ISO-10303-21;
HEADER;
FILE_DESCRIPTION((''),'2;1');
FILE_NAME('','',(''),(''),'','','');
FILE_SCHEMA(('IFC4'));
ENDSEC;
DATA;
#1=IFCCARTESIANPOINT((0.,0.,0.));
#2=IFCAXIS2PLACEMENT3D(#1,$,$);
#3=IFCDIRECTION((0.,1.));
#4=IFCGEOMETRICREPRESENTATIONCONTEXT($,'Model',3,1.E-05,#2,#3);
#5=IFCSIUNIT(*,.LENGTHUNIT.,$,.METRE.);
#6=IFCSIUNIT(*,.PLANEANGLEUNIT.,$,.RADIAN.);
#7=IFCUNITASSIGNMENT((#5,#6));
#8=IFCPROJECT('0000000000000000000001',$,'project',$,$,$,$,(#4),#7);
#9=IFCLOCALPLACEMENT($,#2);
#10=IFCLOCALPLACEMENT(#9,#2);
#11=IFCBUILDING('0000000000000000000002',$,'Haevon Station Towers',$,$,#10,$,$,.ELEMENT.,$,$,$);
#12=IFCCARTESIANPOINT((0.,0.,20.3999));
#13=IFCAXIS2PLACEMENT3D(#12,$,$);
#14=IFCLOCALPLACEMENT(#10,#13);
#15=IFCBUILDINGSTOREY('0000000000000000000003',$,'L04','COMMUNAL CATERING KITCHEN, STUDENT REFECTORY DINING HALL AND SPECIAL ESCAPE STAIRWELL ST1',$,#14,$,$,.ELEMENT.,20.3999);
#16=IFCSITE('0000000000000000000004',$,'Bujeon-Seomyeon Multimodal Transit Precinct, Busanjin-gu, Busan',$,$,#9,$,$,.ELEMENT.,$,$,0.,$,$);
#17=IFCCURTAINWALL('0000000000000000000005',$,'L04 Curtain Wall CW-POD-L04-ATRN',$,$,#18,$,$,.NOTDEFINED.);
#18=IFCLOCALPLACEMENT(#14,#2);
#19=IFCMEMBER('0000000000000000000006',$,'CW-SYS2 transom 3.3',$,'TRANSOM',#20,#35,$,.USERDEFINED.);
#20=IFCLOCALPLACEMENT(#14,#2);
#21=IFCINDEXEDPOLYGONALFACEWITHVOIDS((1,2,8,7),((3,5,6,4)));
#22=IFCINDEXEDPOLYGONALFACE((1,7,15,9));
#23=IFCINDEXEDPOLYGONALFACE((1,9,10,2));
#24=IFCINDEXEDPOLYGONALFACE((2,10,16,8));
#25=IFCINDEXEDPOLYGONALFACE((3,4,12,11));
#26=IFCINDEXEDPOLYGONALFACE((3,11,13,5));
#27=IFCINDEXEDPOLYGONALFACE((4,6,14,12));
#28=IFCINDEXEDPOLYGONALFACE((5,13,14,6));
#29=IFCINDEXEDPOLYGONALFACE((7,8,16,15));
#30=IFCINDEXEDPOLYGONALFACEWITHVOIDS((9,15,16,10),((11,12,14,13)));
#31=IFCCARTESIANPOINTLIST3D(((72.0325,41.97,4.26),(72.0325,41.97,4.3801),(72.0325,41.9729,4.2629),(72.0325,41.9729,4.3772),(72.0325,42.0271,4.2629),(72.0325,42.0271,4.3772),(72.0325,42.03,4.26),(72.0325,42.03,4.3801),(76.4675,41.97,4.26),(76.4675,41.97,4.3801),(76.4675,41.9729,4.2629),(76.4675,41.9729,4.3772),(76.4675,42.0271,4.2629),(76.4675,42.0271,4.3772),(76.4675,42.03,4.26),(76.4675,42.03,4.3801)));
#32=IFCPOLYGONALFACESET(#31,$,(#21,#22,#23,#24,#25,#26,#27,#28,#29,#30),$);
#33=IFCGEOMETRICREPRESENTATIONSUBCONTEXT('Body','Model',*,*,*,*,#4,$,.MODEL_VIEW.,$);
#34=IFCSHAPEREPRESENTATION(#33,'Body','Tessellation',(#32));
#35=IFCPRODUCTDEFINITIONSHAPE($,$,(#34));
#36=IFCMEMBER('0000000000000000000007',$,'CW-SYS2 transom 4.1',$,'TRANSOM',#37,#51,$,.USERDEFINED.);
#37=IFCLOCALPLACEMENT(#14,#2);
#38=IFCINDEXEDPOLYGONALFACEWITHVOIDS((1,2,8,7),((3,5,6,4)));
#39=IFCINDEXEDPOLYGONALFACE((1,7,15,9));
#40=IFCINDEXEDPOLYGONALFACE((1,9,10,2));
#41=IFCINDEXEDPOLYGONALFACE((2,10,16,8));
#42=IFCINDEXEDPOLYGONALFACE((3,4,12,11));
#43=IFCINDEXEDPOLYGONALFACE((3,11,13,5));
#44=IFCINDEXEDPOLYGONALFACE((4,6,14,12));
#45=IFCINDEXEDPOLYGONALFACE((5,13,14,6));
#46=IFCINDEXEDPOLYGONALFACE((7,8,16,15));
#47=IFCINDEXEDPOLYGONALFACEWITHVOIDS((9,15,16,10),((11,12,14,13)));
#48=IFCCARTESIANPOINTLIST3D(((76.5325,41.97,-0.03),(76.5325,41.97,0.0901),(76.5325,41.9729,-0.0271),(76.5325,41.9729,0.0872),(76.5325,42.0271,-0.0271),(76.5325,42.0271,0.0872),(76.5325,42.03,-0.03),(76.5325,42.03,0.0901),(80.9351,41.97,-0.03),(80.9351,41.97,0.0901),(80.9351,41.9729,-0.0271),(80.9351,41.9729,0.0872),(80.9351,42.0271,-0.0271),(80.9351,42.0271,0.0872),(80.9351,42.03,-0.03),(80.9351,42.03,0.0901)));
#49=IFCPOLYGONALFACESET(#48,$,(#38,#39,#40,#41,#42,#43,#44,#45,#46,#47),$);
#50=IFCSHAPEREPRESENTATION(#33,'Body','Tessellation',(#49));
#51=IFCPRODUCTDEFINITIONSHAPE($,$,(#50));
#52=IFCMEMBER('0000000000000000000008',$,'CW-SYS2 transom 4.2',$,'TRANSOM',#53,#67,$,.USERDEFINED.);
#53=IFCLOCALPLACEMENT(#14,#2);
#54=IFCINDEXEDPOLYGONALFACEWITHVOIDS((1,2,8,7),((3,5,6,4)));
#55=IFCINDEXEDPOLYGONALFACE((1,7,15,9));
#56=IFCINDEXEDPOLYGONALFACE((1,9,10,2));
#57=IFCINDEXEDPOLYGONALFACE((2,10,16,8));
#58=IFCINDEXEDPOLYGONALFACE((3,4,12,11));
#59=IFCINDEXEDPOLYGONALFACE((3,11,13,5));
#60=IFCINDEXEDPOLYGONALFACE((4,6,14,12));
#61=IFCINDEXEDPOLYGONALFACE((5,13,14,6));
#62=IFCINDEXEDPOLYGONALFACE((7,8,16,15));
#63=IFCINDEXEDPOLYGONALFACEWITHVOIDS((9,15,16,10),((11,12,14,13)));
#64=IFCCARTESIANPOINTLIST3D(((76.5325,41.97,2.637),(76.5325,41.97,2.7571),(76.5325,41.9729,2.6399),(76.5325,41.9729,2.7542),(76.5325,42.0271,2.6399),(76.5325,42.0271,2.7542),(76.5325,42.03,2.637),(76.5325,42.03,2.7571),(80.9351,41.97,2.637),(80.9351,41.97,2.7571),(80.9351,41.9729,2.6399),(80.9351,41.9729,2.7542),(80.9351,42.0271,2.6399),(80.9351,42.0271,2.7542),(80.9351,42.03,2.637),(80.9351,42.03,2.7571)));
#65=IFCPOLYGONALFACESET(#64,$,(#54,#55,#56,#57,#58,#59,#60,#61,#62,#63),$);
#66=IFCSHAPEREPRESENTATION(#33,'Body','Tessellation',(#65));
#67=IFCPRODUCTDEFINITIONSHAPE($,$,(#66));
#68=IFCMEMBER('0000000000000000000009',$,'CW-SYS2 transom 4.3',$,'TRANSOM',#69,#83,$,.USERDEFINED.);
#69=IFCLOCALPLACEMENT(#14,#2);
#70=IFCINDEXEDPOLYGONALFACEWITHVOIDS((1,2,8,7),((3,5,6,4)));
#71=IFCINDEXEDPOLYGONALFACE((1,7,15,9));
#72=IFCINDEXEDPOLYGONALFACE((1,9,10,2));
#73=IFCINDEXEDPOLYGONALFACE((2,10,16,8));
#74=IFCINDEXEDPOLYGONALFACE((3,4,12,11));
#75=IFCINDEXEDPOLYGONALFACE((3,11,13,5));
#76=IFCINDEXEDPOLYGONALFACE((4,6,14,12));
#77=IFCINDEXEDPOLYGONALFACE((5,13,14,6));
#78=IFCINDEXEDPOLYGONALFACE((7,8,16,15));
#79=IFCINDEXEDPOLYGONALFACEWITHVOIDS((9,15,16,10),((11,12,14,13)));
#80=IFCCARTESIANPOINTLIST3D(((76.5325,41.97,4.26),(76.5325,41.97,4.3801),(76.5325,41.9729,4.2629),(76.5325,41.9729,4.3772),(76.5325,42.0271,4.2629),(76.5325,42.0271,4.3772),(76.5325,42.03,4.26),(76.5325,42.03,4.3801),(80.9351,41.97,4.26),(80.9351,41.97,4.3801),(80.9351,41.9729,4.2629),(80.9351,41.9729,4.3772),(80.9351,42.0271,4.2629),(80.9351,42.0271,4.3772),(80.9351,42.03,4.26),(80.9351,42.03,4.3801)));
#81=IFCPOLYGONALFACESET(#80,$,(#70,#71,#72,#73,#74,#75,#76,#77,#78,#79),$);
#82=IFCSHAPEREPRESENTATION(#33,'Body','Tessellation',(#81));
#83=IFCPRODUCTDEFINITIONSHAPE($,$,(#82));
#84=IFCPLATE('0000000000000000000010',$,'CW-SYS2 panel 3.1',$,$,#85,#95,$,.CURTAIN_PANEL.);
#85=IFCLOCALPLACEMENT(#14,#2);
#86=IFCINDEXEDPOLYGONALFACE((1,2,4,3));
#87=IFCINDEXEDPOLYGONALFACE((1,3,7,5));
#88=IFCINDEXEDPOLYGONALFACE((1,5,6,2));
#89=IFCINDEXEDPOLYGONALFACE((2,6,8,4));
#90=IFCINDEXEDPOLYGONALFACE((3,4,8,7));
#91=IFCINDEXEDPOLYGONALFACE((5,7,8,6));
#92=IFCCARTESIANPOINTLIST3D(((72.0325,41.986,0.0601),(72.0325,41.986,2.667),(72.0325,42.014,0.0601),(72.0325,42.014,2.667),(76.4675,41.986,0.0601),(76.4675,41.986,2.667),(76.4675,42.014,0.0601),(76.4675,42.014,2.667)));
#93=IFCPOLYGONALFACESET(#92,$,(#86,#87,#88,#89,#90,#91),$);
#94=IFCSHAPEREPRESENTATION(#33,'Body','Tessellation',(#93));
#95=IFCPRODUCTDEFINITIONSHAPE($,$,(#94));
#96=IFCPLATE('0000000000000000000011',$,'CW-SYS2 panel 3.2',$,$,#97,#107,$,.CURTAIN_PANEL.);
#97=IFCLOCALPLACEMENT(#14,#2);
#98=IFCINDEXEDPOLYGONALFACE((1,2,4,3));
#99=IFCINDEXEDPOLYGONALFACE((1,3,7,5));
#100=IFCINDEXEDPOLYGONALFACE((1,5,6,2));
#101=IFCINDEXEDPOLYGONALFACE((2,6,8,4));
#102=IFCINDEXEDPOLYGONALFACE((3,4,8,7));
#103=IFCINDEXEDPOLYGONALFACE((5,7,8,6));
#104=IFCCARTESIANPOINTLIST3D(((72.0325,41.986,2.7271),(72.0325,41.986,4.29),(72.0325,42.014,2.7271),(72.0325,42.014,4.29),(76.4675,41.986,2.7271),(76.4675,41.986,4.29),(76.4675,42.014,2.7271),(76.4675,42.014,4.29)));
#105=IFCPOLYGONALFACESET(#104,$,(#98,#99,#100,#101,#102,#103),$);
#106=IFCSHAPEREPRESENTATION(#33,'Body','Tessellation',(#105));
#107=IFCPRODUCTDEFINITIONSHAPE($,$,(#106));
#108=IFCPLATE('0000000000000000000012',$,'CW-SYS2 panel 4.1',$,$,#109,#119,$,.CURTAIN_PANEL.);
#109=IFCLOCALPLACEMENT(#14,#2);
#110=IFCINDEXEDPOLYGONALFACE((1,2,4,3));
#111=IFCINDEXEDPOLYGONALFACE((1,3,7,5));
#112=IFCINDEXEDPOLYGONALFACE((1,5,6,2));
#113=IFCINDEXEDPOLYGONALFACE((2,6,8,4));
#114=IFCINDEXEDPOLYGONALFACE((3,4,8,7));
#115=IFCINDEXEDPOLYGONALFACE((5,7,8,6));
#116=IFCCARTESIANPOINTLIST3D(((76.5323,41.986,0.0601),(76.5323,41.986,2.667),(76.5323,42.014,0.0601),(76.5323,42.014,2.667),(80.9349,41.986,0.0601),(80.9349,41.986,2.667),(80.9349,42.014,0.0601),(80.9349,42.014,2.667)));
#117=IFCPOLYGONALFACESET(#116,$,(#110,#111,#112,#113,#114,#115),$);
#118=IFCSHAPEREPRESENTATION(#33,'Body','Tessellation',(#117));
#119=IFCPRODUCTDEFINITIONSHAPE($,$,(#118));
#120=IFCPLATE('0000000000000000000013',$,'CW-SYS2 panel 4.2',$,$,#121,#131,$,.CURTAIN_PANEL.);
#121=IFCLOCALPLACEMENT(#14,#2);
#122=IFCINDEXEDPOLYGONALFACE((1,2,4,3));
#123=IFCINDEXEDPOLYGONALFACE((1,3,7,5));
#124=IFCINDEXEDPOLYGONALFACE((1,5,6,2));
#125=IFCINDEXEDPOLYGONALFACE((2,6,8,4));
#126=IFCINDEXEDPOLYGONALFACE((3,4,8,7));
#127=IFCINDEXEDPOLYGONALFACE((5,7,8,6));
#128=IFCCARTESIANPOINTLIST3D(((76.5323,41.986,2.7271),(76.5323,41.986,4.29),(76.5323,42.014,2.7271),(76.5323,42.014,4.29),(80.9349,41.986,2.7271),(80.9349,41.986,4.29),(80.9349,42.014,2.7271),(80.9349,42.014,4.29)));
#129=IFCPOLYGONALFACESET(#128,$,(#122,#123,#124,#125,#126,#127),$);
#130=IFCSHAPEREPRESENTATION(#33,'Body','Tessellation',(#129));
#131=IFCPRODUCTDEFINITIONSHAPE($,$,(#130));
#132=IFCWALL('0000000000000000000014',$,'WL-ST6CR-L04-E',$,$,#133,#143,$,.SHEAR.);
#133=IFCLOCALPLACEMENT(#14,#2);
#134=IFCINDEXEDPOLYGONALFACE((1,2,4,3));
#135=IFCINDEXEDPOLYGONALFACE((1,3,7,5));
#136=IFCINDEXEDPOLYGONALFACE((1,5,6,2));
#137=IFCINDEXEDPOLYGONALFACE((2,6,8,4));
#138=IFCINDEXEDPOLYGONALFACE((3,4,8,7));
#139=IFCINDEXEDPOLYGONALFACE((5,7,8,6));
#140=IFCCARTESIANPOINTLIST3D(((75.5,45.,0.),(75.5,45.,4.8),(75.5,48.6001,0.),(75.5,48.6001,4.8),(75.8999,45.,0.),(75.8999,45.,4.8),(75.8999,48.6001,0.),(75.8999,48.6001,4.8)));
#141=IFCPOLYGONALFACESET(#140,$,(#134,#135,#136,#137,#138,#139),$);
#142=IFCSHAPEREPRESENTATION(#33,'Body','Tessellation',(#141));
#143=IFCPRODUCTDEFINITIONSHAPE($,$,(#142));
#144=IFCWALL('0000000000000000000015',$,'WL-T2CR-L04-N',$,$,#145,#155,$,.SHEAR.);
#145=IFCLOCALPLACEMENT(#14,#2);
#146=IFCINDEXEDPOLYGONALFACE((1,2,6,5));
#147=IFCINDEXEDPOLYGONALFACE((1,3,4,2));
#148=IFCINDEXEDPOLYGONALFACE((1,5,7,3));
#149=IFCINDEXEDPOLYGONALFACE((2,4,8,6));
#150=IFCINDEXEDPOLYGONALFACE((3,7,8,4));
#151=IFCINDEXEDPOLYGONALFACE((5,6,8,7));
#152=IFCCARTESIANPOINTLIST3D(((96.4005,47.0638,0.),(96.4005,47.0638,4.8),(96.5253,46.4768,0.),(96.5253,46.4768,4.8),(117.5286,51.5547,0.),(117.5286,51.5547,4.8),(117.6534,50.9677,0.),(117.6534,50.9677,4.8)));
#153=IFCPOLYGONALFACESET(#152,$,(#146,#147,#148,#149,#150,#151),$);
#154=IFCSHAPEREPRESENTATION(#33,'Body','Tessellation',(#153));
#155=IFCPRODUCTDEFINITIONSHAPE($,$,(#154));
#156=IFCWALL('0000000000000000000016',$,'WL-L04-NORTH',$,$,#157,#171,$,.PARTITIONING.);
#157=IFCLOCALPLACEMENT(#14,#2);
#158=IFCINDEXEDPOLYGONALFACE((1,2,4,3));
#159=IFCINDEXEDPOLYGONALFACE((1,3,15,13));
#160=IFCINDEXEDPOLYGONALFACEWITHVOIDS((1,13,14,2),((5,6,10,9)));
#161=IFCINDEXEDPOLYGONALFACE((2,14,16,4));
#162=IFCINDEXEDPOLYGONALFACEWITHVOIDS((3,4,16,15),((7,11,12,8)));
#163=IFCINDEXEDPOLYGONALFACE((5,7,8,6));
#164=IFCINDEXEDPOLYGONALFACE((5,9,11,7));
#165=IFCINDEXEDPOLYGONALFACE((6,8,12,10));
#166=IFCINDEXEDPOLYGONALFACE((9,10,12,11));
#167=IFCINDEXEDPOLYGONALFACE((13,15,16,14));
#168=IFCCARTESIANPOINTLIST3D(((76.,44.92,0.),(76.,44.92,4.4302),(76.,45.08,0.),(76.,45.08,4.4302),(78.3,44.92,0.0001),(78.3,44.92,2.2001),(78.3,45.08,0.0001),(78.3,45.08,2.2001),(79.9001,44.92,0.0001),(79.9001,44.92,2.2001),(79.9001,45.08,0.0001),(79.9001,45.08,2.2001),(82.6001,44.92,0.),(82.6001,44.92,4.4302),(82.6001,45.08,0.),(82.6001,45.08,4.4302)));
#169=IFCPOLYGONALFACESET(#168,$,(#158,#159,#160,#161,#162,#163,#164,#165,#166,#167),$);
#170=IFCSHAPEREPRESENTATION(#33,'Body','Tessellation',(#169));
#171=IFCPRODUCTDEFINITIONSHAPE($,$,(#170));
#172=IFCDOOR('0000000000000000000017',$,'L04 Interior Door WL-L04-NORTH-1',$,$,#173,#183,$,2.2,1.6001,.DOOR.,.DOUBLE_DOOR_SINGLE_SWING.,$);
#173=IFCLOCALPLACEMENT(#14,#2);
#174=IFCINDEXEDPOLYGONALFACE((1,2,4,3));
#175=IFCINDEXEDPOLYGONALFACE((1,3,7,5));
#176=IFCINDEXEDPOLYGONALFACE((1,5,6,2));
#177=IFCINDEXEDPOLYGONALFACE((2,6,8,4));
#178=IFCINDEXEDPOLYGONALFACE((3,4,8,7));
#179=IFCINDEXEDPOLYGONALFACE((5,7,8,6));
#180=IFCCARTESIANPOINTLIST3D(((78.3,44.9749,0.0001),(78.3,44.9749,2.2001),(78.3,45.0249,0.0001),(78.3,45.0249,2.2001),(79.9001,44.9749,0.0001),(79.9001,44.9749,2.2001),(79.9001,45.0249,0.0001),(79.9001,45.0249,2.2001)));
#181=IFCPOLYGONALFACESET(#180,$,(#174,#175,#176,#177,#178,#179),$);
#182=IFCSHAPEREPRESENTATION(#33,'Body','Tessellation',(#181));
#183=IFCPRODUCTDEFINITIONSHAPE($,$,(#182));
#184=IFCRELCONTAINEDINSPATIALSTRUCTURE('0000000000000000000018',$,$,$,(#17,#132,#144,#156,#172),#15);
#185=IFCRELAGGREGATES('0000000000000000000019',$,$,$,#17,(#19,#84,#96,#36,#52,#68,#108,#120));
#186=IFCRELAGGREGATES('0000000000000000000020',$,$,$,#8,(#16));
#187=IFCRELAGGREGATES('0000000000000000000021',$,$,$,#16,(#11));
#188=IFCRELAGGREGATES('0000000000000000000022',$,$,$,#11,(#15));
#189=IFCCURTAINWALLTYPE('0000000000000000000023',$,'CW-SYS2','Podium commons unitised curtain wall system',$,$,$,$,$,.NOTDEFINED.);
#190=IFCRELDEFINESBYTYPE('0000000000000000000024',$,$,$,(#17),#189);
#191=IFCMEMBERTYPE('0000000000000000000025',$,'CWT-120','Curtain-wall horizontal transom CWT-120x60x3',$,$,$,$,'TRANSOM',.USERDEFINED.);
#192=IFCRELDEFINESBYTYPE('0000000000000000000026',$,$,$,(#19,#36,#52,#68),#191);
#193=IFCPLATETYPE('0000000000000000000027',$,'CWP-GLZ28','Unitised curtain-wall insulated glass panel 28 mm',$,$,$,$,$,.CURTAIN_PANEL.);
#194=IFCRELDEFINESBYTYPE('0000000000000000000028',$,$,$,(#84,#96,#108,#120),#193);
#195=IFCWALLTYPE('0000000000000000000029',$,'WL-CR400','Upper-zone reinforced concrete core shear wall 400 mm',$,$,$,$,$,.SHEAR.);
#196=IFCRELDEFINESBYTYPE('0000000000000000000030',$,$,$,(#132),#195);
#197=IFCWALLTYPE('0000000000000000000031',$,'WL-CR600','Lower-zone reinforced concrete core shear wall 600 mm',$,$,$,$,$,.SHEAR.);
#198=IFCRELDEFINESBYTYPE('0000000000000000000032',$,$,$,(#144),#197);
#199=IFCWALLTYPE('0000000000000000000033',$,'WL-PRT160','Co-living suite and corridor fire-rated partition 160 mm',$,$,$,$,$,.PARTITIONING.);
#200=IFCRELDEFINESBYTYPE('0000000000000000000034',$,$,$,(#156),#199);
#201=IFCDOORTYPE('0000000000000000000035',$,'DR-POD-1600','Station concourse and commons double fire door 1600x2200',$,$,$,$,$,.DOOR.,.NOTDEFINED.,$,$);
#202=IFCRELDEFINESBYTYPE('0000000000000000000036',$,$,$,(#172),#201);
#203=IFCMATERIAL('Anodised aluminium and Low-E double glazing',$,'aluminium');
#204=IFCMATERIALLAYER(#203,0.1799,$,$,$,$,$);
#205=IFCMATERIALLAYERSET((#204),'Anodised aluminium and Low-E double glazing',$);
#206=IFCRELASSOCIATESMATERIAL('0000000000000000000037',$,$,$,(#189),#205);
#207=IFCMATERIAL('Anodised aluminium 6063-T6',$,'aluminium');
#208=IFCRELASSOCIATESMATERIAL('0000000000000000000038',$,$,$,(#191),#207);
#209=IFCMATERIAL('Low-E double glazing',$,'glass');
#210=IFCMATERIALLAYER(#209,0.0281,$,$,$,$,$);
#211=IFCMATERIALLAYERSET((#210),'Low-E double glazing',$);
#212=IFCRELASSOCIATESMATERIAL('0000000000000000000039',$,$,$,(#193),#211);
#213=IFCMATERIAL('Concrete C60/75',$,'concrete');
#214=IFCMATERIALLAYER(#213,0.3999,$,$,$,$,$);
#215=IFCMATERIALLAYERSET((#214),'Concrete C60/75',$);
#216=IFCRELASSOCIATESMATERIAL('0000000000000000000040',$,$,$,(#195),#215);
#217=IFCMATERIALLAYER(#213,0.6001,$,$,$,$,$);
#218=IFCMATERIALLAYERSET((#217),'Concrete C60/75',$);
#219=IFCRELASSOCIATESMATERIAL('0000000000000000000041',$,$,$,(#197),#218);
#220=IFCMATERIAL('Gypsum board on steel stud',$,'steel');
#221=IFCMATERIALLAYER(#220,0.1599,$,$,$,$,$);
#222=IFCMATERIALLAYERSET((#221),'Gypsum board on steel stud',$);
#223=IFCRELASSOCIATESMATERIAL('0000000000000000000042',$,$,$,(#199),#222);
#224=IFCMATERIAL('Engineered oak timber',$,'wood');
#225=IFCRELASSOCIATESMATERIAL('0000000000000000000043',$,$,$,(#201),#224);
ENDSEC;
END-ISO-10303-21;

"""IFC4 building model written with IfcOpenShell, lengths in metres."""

from ifc_helpers import new_model, si_unit, direction, frame, frame_2d, origin, origin_2d, place, context, subcontext, project, spatial, rectangle, hollow_rectangle, extrude, material, layer, layer_set, material_profile, profile_set, type_object, element, fill, aggregate, save


model = new_model("IFC4")

# Units and contexts
model_context = context("Model", 3, precision=1e-05, world=origin(), true_north=direction((0.0, 1.0)))
body_context = subcontext(model_context, "Body", "Model", "MODEL_VIEW")
ifc_project = project(units=[si_unit("LENGTHUNIT", "METRE"), si_unit("PLANEANGLEUNIT", "RADIAN")], contexts=[model_context])

# Site, building, storey
site_placement = place(None, origin())
site = spatial("IfcSite", under=ifc_project, at=site_placement, Name="Bujeon-Seomyeon Multimodal Transit Precinct, Busanjin-gu, Busan", CompositionType="ELEMENT", RefElevation=0.0)
building_placement = place(site_placement, origin())
building = spatial("IfcBuilding", under=site, at=building_placement, Name="Haevon Station Towers", CompositionType="ELEMENT")
storey_placement = place(building_placement, frame((0.0, 0.0, 20.3999)))
storey = spatial("IfcBuildingStorey", under=building, at=storey_placement, Name="L04", Description="COMMUNAL CATERING KITCHEN, STUDENT REFECTORY DINING HALL AND SPECIAL ESCAPE STAIRWELL ST1", CompositionType="ELEMENT", Elevation=20.3999)

# Curtain wall, members, plates
ifc_material_1 = material(Name="Anodised aluminium and Low-E double glazing", Category="aluminium")
ifc_layer_1 = layer(ifc_material_1, 0.1799)
ifc_layer_set_1 = layer_set([ifc_layer_1], Name="Anodised aluminium and Low-E double glazing")
curtain_wall_type = type_object("IfcCurtainWallType", Name="CW-SYS2", Description="Podium commons unitised curtain wall system", PredefinedType="NOTDEFINED", material=ifc_layer_set_1)
curtain_wall_placement = place(storey_placement, origin())
curtain_wall = element("IfcCurtainWall", 1, at=curtain_wall_placement, inside=storey, type_object=curtain_wall_type, Name="L04 Curtain Wall CW-POD-L04-ATRN", PredefinedType="NOTDEFINED")
ifc_material_2 = material(Name="Anodised aluminium 6063-T6", Category="aluminium")
ifc_material_profile_1 = material_profile(ifc_material_2, hollow_rectangle(XDim=0.0601, YDim=0.1201, WallThickness=0.0029, at=origin_2d()), Name="CWT-120x60x3")
ifc_profile_set_1 = profile_set([ifc_material_profile_1], Name="Anodised aluminium 6063-T6")
member_type_1 = type_object("IfcMemberType", Name="CWT-120", Description="Curtain-wall horizontal transom CWT-120x60x3", ElementType="TRANSOM", PredefinedType="USERDEFINED", material=ifc_profile_set_1)
member_1_placement = place(storey_placement, frame((72.0325, 42.0, 4.3201), z_axis=(1.0, 0.0, 0.0), x_axis=(0.0, 1.0, 0.0)))
member_1 = element("IfcMember", 2, at=member_1_placement, type_object=member_type_1, Name="CW-SYS2 transom 3.3", ObjectType="TRANSOM", PredefinedType="USERDEFINED", context=body_context, shape_type="SweptSolid", body=[
    extrude(hollow_rectangle(XDim=0.0601, YDim=0.1201, WallThickness=0.0029, at=origin_2d()), origin(), (0.0, 0.0, 1.0), 4.4351),
])
member_2_placement = place(storey_placement, frame((76.5325, 42.0, 0.03), z_axis=(1.0, 0.0, 0.0), x_axis=(0.0, 1.0, 0.0)))
member_2 = element("IfcMember", 3, at=member_2_placement, type_object=member_type_1, Name="CW-SYS2 transom 4.1", ObjectType="TRANSOM", PredefinedType="USERDEFINED", context=body_context, shape_type="SweptSolid", body=[
    extrude(hollow_rectangle(XDim=0.0601, YDim=0.1201, WallThickness=0.0029, at=origin_2d()), origin(), (0.0, 0.0, 1.0), 4.4026),
])
member_3_placement = place(storey_placement, frame((76.5325, 42.0, 2.697), z_axis=(1.0, 0.0, 0.0), x_axis=(0.0, 1.0, 0.0)))
member_3 = element("IfcMember", 4, at=member_3_placement, type_object=member_type_1, Name="CW-SYS2 transom 4.2", ObjectType="TRANSOM", PredefinedType="USERDEFINED", context=body_context, shape_type="SweptSolid", body=[
    extrude(hollow_rectangle(XDim=0.0601, YDim=0.1201, WallThickness=0.0029, at=origin_2d()), origin(), (0.0, 0.0, 1.0), 4.4026),
])
member_4_placement = place(storey_placement, frame((76.5325, 42.0, 4.3201), z_axis=(1.0, 0.0, 0.0), x_axis=(0.0, 1.0, 0.0)))
member_4 = element("IfcMember", 5, at=member_4_placement, type_object=member_type_1, Name="CW-SYS2 transom 4.3", ObjectType="TRANSOM", PredefinedType="USERDEFINED", context=body_context, shape_type="SweptSolid", body=[
    extrude(hollow_rectangle(XDim=0.0601, YDim=0.1201, WallThickness=0.0029, at=origin_2d()), origin(), (0.0, 0.0, 1.0), 4.4026),
])
ifc_material_3 = material(Name="Low-E double glazing", Category="glass")
ifc_layer_2 = layer(ifc_material_3, 0.0281)
ifc_layer_set_2 = layer_set([ifc_layer_2], Name="Low-E double glazing")
plate_type = type_object("IfcPlateType", Name="CWP-GLZ28", Description="Unitised curtain-wall insulated glass panel 28 mm", PredefinedType="CURTAIN_PANEL", material=ifc_layer_set_2)
plate_1_placement = place(storey_placement, frame((74.25, 42.0, 0.0601), z_axis=(0.0, 0.0, 1.0), x_axis=(1.0, 0.0, 0.0)))
plate_1 = element("IfcPlate", 6, at=plate_1_placement, type_object=plate_type, Name="CW-SYS2 panel 3.1", PredefinedType="CURTAIN_PANEL", context=body_context, shape_type="SweptSolid", body=[
    extrude(rectangle(XDim=4.4351, YDim=0.0281, at=origin_2d()), origin(), (0.0, 0.0, 1.0), 2.6069),
])
plate_2_placement = place(storey_placement, frame((74.25, 42.0, 2.7271), z_axis=(0.0, 0.0, 1.0), x_axis=(1.0, 0.0, 0.0)))
plate_2 = element("IfcPlate", 7, at=plate_2_placement, type_object=plate_type, Name="CW-SYS2 panel 3.2", PredefinedType="CURTAIN_PANEL", context=body_context, shape_type="SweptSolid", body=[
    extrude(rectangle(XDim=4.4351, YDim=0.0281, at=origin_2d()), origin(), (0.0, 0.0, 1.0), 1.563),
])
plate_3_placement = place(storey_placement, frame((78.7336, 42.0, 0.0601), z_axis=(0.0, 0.0, 1.0), x_axis=(1.0, 0.0, 0.0)))
plate_3 = element("IfcPlate", 8, at=plate_3_placement, type_object=plate_type, Name="CW-SYS2 panel 4.1", PredefinedType="CURTAIN_PANEL", context=body_context, shape_type="SweptSolid", body=[
    extrude(rectangle(XDim=4.4026, YDim=0.0281, at=origin_2d()), origin(), (0.0, 0.0, 1.0), 2.6069),
])
plate_4_placement = place(storey_placement, frame((78.7336, 42.0, 2.7271), z_axis=(0.0, 0.0, 1.0), x_axis=(1.0, 0.0, 0.0)))
plate_4 = element("IfcPlate", 9, at=plate_4_placement, type_object=plate_type, Name="CW-SYS2 panel 4.2", PredefinedType="CURTAIN_PANEL", context=body_context, shape_type="SweptSolid", body=[
    extrude(rectangle(XDim=4.4026, YDim=0.0281, at=origin_2d()), origin(), (0.0, 0.0, 1.0), 1.563),
])
aggregate(curtain_wall, [member_1, plate_1, plate_2, member_2, member_3, member_4, plate_3, plate_4])

# Walls
ifc_material_4 = material(Name="Concrete C60/75", Category="concrete")
ifc_layer_3 = layer(ifc_material_4, 0.3999)
ifc_layer_set_3 = layer_set([ifc_layer_3], Name="Concrete C60/75")
wall_type_1 = type_object("IfcWallType", Name="WL-CR400", Description="Upper-zone reinforced concrete core shear wall 400 mm", PredefinedType="SHEAR", material=ifc_layer_set_3)
wall_1_placement = place(storey_placement, frame((75.7, 45.0, 0.0), z_axis=(0.0, 0.0, 1.0), x_axis=(0.0, 1.0, 0.0)))
element("IfcWall", 10, at=wall_1_placement, inside=storey, type_object=wall_type_1, Name="WL-ST6CR-L04-E", PredefinedType="SHEAR", context=body_context, shape_type="SweptSolid", body=[
    extrude(rectangle(XDim=3.6001, YDim=0.3999, at=frame_2d((1.8, 0.0))), origin(), (0.0, 0.0, 1.0), 4.8),
])
ifc_layer_4 = layer(ifc_material_4, 0.6001)
ifc_layer_set_4 = layer_set([ifc_layer_4], Name="Concrete C60/75")
wall_type_2 = type_object("IfcWallType", Name="WL-CR600", Description="Lower-zone reinforced concrete core shear wall 600 mm", PredefinedType="SHEAR", material=ifc_layer_set_4)
wall_2_placement = place(storey_placement, frame((96.4629, 46.7703, 0.0), z_axis=(0.0, 0.0, 1.0), x_axis=(0.978147, 0.207913, 0.0)))
element("IfcWall", 11, at=wall_2_placement, inside=storey, type_object=wall_type_2, Name="WL-T2CR-L04-N", PredefinedType="SHEAR", context=body_context, shape_type="SweptSolid", body=[
    extrude(rectangle(XDim=21.6001, YDim=0.6001, at=frame_2d((10.8, 0.0))), origin(), (0.0, 0.0, 1.0), 4.8),
])

# Wall, opening, door
ifc_material_5 = material(Name="Gypsum board on steel stud", Category="steel")
ifc_layer_5 = layer(ifc_material_5, 0.1599)
ifc_layer_set_5 = layer_set([ifc_layer_5], Name="Gypsum board on steel stud")
wall_type_3 = type_object("IfcWallType", Name="WL-PRT160", Description="Co-living suite and corridor fire-rated partition 160 mm", PredefinedType="PARTITIONING", material=ifc_layer_set_5)
wall_3_placement = place(storey_placement, frame((76.0, 45.0, 0.0), z_axis=(0.0, 0.0, 1.0), x_axis=(1.0, 0.0, 0.0)))
wall_3 = element("IfcWall", 12, at=wall_3_placement, inside=storey, type_object=wall_type_3, Name="WL-L04-NORTH", PredefinedType="PARTITIONING", context=body_context, shape_type="SweptSolid", body=[
    extrude(rectangle(XDim=6.6001, YDim=0.1599, at=frame_2d((3.3, 0.0))), origin(), (0.0, 0.0, 1.0), 4.4302),
])
opening_placement = place(wall_3_placement, frame((2.3, 0.0, 0.0)))
opening = element("IfcOpeningElement", 13, at=opening_placement, cuts=wall_3, PredefinedType="OPENING", context=body_context, shape_type="SweptSolid", body=[
    extrude(rectangle(XDim=1.6001, YDim=2.2, at=frame_2d((0.8, 1.1001))), frame((0.0, 0.0898, 0.0), z_axis=(0.0, -1.0, 0.0), x_axis=(1.0, 0.0, 0.0)), (0.0, 0.0, 1.0), 0.1799),
])
ifc_material_6 = material(Name="Engineered oak timber", Category="wood")
door_type = type_object("IfcDoorType", Name="DR-POD-1600", Description="Station concourse and commons double fire door 1600x2200", OperationType="NOTDEFINED", PredefinedType="DOOR", material=ifc_material_6)
door_placement = place(opening_placement, origin())
door = element("IfcDoor", 14, at=door_placement, inside=storey, type_object=door_type, Name="L04 Interior Door WL-L04-NORTH-1", OperationType="DOUBLE_DOOR_SINGLE_SWING", OverallHeight=2.2, OverallWidth=1.6001, PredefinedType="DOOR", context=body_context, shape_type="SweptSolid", body=[
    extrude(rectangle(XDim=1.6001, YDim=2.2, at=frame_2d((0.8, 1.1001))), frame((0.0, 0.0249, 0.0), z_axis=(0.0, -1.0, 0.0), x_axis=(1.0, 0.0, 0.0)), (0.0, 0.0, 1.0), 0.05),
])
fill(opening, door)

save(model, "model.ifc")
